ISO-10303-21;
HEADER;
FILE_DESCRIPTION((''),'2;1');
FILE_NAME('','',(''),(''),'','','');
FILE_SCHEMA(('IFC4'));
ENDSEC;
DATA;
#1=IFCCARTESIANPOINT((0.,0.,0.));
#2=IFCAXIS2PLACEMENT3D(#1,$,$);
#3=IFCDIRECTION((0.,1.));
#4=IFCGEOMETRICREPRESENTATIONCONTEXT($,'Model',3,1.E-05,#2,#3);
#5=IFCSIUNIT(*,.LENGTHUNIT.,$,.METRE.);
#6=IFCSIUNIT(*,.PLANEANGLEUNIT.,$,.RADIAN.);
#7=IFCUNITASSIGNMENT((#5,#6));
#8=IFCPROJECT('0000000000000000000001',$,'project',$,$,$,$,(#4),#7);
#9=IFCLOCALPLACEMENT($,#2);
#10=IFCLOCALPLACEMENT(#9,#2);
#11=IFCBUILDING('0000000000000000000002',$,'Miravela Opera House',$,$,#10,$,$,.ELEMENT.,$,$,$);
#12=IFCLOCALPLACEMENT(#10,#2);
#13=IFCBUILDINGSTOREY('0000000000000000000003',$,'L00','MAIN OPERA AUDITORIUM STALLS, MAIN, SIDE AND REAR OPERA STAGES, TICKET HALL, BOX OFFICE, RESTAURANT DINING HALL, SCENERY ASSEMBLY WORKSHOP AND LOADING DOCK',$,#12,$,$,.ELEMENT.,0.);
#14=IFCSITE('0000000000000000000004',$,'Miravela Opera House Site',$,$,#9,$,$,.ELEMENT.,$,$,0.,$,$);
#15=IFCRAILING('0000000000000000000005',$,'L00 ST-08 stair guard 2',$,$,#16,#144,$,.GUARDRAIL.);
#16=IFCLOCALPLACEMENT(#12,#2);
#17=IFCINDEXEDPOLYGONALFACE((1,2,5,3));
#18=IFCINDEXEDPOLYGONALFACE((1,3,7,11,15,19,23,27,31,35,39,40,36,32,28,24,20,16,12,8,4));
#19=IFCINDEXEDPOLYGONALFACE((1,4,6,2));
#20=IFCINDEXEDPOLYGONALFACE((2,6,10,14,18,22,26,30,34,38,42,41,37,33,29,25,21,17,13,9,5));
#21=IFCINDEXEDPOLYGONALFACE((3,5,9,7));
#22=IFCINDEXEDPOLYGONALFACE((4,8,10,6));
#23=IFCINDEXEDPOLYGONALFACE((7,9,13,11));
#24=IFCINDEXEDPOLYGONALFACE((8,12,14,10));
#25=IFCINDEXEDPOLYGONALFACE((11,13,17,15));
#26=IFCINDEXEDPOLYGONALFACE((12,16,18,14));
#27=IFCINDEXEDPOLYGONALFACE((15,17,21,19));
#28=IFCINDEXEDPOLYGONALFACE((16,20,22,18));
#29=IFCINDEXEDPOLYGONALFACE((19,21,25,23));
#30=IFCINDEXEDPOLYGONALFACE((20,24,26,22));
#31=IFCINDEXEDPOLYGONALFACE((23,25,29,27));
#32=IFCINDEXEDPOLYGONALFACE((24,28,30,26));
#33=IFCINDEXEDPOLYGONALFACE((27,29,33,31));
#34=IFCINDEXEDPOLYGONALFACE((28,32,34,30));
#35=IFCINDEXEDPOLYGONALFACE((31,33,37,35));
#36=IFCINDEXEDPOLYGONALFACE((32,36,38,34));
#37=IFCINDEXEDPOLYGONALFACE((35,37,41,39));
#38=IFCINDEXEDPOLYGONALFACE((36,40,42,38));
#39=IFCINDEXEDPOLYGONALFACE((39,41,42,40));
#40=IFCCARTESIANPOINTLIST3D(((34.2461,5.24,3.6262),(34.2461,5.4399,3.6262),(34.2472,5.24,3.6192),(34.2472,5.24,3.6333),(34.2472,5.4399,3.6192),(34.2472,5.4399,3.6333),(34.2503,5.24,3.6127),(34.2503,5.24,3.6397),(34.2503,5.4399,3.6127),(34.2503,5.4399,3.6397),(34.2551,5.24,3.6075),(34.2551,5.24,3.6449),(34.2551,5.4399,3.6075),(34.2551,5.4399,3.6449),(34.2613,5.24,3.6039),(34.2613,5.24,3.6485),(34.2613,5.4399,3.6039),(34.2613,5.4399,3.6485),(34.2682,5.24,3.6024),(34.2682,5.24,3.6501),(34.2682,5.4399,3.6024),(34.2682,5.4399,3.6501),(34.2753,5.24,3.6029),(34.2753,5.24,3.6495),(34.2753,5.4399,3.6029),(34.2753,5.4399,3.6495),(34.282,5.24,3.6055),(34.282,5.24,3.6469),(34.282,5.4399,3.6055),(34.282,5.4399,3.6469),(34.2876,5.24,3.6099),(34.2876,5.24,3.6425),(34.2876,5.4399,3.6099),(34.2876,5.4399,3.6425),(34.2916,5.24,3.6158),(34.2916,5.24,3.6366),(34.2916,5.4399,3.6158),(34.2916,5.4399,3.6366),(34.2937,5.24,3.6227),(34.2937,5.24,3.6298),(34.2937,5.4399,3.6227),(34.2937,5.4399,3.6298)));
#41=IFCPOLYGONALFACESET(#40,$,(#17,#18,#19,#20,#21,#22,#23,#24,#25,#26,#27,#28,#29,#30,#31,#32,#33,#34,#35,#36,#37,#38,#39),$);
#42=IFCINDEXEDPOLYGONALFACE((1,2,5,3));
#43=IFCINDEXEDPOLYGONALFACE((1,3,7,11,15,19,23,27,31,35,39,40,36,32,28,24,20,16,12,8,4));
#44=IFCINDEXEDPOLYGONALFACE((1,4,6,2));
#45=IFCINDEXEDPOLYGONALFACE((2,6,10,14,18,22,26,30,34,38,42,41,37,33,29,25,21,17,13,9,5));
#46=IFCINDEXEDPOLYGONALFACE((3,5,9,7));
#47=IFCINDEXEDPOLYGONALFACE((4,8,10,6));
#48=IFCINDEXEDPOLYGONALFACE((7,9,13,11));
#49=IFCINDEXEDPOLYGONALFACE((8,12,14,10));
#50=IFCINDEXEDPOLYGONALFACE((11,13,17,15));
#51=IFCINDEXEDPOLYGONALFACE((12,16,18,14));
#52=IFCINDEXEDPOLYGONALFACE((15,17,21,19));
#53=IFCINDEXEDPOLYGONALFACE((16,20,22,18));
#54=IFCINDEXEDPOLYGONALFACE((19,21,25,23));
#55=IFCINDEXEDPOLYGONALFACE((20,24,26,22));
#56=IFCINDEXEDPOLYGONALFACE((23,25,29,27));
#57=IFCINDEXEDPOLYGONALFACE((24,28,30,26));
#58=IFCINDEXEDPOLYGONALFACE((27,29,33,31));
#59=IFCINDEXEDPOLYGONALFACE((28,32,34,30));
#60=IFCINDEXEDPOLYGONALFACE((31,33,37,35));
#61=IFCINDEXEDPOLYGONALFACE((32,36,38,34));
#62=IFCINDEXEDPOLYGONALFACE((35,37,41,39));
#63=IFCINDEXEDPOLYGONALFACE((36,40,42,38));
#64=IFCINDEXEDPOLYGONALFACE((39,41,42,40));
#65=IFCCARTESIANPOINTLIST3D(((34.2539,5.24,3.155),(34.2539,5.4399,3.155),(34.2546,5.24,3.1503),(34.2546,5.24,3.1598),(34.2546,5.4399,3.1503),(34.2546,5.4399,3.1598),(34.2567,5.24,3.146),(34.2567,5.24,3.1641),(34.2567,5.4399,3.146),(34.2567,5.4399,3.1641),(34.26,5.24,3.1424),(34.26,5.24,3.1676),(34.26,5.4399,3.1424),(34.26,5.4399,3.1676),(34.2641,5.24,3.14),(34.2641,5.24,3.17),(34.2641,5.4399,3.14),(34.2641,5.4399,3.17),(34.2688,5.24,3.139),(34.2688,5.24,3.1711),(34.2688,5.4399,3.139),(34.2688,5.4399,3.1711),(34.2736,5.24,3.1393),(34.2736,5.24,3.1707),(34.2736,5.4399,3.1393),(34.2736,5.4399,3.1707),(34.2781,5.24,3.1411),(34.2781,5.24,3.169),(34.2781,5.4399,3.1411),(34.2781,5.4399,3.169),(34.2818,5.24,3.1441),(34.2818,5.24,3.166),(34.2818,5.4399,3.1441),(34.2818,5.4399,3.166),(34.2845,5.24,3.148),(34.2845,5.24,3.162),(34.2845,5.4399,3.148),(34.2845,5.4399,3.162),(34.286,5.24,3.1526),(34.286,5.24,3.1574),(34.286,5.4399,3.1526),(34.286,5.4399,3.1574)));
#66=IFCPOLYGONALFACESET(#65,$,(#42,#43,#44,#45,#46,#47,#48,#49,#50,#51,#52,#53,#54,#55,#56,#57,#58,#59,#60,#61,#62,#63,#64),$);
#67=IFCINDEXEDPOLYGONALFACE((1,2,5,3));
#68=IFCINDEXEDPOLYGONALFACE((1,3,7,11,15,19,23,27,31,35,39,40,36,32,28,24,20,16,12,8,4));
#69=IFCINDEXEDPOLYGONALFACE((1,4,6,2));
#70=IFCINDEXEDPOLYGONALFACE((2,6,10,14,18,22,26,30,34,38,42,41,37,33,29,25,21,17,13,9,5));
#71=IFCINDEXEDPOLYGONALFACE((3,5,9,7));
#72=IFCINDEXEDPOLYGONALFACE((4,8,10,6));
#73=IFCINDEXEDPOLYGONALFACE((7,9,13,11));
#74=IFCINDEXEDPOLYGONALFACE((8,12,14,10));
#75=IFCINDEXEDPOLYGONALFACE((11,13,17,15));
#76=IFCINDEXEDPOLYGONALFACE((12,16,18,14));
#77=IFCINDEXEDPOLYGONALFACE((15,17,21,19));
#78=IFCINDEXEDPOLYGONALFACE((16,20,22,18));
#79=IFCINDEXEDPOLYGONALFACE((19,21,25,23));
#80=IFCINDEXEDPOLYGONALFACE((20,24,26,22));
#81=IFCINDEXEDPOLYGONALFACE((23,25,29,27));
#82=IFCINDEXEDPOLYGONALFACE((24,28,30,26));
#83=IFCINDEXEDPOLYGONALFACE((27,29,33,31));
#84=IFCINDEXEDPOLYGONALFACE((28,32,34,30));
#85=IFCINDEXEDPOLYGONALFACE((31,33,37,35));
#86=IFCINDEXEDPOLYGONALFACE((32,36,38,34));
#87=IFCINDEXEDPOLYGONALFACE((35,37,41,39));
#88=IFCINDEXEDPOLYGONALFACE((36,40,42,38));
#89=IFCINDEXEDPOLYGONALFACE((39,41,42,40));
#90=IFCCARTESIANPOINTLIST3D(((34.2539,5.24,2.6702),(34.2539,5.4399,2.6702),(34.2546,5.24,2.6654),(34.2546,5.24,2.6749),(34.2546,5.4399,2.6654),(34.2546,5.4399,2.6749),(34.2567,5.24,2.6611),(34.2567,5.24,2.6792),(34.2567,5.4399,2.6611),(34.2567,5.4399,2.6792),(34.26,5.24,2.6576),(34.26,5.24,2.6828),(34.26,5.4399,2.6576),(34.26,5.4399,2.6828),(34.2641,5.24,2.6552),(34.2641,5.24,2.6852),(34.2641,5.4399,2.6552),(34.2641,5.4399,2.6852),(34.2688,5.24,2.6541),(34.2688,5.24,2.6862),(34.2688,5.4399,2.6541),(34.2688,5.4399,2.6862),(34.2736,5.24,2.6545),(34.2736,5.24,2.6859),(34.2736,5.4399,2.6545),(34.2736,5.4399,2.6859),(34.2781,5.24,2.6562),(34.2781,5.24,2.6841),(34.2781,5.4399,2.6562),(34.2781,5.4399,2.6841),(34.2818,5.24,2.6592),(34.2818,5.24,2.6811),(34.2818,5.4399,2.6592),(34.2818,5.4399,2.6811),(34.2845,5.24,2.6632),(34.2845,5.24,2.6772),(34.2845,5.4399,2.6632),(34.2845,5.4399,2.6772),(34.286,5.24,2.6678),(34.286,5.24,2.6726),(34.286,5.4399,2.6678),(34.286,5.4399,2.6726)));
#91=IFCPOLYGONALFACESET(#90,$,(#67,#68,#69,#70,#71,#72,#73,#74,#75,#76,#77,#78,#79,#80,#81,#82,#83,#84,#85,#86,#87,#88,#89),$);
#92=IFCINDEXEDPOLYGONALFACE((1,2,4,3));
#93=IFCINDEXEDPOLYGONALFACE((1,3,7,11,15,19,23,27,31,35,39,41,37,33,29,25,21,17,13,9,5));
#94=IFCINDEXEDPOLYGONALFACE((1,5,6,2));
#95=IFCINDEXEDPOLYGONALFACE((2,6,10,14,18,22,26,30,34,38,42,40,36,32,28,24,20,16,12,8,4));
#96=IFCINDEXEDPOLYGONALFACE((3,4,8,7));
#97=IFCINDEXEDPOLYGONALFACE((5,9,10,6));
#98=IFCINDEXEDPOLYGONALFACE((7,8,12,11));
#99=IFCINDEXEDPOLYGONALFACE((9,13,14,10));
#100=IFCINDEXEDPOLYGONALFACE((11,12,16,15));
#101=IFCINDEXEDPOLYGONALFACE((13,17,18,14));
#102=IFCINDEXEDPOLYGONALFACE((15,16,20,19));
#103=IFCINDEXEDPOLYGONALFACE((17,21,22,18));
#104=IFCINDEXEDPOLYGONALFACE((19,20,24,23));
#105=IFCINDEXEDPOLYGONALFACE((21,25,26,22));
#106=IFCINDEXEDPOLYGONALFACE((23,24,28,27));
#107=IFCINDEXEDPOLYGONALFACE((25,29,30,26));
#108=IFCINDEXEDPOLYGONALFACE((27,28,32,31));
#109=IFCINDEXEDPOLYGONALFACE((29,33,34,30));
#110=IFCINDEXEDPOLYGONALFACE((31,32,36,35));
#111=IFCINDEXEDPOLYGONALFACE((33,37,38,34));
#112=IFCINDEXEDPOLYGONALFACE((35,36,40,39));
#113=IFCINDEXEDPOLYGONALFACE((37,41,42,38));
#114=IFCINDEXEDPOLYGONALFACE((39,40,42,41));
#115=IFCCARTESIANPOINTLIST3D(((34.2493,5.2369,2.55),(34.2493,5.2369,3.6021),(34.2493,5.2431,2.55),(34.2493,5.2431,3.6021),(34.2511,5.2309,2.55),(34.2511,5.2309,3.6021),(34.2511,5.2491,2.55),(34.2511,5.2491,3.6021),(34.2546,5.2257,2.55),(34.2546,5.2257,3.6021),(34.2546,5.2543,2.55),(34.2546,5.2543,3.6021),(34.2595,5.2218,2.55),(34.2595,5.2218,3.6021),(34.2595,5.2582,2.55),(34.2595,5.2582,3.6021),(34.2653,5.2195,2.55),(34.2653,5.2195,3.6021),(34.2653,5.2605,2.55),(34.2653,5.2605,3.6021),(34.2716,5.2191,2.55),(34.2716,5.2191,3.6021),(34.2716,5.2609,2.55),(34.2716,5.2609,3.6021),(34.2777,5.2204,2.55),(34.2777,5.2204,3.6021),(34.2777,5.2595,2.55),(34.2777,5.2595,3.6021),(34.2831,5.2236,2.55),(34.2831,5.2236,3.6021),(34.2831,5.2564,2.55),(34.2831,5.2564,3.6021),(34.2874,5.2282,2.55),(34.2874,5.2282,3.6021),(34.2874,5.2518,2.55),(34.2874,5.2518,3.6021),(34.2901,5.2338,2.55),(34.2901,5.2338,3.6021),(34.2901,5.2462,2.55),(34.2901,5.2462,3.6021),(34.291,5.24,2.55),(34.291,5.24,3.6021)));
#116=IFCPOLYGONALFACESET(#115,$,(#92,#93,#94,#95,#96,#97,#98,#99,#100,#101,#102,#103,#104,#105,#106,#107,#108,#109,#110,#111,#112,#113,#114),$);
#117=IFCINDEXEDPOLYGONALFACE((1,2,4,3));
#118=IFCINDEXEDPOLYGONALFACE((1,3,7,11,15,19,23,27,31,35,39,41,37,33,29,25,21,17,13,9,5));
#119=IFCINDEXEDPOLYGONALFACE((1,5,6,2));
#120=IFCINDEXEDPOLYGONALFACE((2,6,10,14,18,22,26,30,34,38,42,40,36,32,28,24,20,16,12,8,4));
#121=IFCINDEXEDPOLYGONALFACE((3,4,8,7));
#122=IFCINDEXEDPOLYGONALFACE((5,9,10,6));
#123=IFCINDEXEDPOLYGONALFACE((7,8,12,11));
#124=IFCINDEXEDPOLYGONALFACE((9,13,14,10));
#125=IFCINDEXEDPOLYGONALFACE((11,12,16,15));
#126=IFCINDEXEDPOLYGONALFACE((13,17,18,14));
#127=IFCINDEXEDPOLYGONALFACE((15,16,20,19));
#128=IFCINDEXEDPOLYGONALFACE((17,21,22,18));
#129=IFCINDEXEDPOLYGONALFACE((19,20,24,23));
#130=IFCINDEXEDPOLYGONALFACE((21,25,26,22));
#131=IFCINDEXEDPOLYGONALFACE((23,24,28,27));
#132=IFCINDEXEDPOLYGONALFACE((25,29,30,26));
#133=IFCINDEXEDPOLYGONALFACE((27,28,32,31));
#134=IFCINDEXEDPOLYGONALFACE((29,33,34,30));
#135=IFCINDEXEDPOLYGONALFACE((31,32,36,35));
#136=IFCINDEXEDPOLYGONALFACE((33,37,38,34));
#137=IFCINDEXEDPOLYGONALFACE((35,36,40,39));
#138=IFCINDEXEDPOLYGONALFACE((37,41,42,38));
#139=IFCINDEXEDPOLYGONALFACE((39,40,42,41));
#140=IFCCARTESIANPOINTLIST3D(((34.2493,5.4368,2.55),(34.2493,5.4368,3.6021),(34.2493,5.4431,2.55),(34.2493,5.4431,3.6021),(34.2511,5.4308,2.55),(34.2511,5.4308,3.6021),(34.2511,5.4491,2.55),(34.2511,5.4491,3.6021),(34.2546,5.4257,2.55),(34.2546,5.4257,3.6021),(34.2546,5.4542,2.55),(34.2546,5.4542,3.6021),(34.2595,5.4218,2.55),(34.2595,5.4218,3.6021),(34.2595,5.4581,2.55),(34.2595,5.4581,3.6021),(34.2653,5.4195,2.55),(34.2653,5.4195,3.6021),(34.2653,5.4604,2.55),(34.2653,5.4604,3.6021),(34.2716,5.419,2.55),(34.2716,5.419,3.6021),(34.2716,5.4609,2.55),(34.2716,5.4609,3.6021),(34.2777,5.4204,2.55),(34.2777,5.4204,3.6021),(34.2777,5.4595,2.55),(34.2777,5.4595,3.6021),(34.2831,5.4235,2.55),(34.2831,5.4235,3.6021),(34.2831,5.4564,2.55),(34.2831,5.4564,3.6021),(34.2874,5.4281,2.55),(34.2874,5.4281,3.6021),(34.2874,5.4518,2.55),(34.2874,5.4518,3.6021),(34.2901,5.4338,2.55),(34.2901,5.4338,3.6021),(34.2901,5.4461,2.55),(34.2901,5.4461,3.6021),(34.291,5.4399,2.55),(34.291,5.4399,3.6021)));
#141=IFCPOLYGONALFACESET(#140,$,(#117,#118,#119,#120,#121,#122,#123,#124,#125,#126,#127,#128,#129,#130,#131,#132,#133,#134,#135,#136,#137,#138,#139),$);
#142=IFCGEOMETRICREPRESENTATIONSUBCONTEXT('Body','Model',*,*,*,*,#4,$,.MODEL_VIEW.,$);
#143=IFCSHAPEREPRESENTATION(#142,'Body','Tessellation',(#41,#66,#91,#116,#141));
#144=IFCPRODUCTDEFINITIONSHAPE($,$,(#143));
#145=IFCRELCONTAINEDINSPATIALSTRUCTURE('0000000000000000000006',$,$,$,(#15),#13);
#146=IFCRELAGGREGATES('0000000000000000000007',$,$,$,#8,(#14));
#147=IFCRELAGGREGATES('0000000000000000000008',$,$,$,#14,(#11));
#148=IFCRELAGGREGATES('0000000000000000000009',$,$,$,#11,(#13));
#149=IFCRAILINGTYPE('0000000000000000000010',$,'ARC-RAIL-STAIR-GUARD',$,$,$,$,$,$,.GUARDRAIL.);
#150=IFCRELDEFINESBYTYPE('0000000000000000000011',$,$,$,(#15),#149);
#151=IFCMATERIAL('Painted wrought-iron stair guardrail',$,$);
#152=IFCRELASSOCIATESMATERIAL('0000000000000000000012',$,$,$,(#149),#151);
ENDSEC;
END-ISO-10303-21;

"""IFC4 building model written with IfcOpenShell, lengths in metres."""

from ifc_helpers import new_model, si_unit, direction, frame, origin, origin_2d, place, context, subcontext, project, spatial, circle, extrude, material, type_object, element, save


model = new_model("IFC4")

# Units and contexts
model_context = context("Model", 3, precision=1e-05, world=origin(), true_north=direction((0.0, 1.0)))
body_context = subcontext(model_context, "Body", "Model", "MODEL_VIEW")
ifc_project = project(units=[si_unit("LENGTHUNIT", "METRE"), si_unit("PLANEANGLEUNIT", "RADIAN")], contexts=[model_context])

# Site, building, storey
site_placement = place(None, origin())
site = spatial("IfcSite", under=ifc_project, at=site_placement, Name="Miravela Opera House Site", CompositionType="ELEMENT", RefElevation=0.0)
building_placement = place(site_placement, origin())
building = spatial("IfcBuilding", under=site, at=building_placement, Name="Miravela Opera House", CompositionType="ELEMENT")
storey_placement = place(building_placement, origin())
storey = spatial("IfcBuildingStorey", under=building, at=storey_placement, Name="L00", Description="MAIN OPERA AUDITORIUM STALLS, MAIN, SIDE AND REAR OPERA STAGES, TICKET HALL, BOX OFFICE, RESTAURANT DINING HALL, SCENERY ASSEMBLY WORKSHOP AND LOADING DOCK", CompositionType="ELEMENT", Elevation=0.0)

# Railing
ifc_material_1 = material(Name="Painted wrought-iron stair guardrail")
railing_type_1 = type_object("IfcRailingType", Name="ARC-RAIL-STAIR-GUARD", PredefinedType="GUARDRAIL", material=ifc_material_1)
railing_1_placement = place(storey_placement, frame((34.27, 5.24, 2.55)))
element("IfcRailing", 1, at=railing_1_placement, inside=storey, type_object=railing_type_1, Name="L00 ST-08 stair guard 2", PredefinedType="GUARDRAIL", context=body_context, shape_type="SweptSolid", body=[
    extrude(circle(Radius=0.0239, at=origin_2d()), frame((0.0, 0.0, 1.0762), z_axis=(0.0, 1.0, 0.0), x_axis=(-1.0, 0.0, 0.0)), (0.0, 0.0, 1.0), 0.2),
    extrude(circle(Radius=0.0161, at=origin_2d()), frame((0.0, 0.0, 0.605), z_axis=(0.0, 1.0, 0.0), x_axis=(-1.0, 0.0, 0.0)), (0.0, 0.0, 1.0), 0.2),
    extrude(circle(Radius=0.0161, at=origin_2d()), frame((0.0, 0.0, 0.1201), z_axis=(0.0, 1.0, 0.0), x_axis=(-1.0, 0.0, 0.0)), (0.0, 0.0, 1.0), 0.2),
    extrude(circle(Radius=0.021, at=origin_2d()), origin(), (0.0, 0.0, 1.0), 1.052),
    extrude(circle(Radius=0.021, at=origin_2d()), frame((0.0, 0.2, 0.0)), (0.0, 0.0, 1.0), 1.052),
])

save(model, "model.ifc")
